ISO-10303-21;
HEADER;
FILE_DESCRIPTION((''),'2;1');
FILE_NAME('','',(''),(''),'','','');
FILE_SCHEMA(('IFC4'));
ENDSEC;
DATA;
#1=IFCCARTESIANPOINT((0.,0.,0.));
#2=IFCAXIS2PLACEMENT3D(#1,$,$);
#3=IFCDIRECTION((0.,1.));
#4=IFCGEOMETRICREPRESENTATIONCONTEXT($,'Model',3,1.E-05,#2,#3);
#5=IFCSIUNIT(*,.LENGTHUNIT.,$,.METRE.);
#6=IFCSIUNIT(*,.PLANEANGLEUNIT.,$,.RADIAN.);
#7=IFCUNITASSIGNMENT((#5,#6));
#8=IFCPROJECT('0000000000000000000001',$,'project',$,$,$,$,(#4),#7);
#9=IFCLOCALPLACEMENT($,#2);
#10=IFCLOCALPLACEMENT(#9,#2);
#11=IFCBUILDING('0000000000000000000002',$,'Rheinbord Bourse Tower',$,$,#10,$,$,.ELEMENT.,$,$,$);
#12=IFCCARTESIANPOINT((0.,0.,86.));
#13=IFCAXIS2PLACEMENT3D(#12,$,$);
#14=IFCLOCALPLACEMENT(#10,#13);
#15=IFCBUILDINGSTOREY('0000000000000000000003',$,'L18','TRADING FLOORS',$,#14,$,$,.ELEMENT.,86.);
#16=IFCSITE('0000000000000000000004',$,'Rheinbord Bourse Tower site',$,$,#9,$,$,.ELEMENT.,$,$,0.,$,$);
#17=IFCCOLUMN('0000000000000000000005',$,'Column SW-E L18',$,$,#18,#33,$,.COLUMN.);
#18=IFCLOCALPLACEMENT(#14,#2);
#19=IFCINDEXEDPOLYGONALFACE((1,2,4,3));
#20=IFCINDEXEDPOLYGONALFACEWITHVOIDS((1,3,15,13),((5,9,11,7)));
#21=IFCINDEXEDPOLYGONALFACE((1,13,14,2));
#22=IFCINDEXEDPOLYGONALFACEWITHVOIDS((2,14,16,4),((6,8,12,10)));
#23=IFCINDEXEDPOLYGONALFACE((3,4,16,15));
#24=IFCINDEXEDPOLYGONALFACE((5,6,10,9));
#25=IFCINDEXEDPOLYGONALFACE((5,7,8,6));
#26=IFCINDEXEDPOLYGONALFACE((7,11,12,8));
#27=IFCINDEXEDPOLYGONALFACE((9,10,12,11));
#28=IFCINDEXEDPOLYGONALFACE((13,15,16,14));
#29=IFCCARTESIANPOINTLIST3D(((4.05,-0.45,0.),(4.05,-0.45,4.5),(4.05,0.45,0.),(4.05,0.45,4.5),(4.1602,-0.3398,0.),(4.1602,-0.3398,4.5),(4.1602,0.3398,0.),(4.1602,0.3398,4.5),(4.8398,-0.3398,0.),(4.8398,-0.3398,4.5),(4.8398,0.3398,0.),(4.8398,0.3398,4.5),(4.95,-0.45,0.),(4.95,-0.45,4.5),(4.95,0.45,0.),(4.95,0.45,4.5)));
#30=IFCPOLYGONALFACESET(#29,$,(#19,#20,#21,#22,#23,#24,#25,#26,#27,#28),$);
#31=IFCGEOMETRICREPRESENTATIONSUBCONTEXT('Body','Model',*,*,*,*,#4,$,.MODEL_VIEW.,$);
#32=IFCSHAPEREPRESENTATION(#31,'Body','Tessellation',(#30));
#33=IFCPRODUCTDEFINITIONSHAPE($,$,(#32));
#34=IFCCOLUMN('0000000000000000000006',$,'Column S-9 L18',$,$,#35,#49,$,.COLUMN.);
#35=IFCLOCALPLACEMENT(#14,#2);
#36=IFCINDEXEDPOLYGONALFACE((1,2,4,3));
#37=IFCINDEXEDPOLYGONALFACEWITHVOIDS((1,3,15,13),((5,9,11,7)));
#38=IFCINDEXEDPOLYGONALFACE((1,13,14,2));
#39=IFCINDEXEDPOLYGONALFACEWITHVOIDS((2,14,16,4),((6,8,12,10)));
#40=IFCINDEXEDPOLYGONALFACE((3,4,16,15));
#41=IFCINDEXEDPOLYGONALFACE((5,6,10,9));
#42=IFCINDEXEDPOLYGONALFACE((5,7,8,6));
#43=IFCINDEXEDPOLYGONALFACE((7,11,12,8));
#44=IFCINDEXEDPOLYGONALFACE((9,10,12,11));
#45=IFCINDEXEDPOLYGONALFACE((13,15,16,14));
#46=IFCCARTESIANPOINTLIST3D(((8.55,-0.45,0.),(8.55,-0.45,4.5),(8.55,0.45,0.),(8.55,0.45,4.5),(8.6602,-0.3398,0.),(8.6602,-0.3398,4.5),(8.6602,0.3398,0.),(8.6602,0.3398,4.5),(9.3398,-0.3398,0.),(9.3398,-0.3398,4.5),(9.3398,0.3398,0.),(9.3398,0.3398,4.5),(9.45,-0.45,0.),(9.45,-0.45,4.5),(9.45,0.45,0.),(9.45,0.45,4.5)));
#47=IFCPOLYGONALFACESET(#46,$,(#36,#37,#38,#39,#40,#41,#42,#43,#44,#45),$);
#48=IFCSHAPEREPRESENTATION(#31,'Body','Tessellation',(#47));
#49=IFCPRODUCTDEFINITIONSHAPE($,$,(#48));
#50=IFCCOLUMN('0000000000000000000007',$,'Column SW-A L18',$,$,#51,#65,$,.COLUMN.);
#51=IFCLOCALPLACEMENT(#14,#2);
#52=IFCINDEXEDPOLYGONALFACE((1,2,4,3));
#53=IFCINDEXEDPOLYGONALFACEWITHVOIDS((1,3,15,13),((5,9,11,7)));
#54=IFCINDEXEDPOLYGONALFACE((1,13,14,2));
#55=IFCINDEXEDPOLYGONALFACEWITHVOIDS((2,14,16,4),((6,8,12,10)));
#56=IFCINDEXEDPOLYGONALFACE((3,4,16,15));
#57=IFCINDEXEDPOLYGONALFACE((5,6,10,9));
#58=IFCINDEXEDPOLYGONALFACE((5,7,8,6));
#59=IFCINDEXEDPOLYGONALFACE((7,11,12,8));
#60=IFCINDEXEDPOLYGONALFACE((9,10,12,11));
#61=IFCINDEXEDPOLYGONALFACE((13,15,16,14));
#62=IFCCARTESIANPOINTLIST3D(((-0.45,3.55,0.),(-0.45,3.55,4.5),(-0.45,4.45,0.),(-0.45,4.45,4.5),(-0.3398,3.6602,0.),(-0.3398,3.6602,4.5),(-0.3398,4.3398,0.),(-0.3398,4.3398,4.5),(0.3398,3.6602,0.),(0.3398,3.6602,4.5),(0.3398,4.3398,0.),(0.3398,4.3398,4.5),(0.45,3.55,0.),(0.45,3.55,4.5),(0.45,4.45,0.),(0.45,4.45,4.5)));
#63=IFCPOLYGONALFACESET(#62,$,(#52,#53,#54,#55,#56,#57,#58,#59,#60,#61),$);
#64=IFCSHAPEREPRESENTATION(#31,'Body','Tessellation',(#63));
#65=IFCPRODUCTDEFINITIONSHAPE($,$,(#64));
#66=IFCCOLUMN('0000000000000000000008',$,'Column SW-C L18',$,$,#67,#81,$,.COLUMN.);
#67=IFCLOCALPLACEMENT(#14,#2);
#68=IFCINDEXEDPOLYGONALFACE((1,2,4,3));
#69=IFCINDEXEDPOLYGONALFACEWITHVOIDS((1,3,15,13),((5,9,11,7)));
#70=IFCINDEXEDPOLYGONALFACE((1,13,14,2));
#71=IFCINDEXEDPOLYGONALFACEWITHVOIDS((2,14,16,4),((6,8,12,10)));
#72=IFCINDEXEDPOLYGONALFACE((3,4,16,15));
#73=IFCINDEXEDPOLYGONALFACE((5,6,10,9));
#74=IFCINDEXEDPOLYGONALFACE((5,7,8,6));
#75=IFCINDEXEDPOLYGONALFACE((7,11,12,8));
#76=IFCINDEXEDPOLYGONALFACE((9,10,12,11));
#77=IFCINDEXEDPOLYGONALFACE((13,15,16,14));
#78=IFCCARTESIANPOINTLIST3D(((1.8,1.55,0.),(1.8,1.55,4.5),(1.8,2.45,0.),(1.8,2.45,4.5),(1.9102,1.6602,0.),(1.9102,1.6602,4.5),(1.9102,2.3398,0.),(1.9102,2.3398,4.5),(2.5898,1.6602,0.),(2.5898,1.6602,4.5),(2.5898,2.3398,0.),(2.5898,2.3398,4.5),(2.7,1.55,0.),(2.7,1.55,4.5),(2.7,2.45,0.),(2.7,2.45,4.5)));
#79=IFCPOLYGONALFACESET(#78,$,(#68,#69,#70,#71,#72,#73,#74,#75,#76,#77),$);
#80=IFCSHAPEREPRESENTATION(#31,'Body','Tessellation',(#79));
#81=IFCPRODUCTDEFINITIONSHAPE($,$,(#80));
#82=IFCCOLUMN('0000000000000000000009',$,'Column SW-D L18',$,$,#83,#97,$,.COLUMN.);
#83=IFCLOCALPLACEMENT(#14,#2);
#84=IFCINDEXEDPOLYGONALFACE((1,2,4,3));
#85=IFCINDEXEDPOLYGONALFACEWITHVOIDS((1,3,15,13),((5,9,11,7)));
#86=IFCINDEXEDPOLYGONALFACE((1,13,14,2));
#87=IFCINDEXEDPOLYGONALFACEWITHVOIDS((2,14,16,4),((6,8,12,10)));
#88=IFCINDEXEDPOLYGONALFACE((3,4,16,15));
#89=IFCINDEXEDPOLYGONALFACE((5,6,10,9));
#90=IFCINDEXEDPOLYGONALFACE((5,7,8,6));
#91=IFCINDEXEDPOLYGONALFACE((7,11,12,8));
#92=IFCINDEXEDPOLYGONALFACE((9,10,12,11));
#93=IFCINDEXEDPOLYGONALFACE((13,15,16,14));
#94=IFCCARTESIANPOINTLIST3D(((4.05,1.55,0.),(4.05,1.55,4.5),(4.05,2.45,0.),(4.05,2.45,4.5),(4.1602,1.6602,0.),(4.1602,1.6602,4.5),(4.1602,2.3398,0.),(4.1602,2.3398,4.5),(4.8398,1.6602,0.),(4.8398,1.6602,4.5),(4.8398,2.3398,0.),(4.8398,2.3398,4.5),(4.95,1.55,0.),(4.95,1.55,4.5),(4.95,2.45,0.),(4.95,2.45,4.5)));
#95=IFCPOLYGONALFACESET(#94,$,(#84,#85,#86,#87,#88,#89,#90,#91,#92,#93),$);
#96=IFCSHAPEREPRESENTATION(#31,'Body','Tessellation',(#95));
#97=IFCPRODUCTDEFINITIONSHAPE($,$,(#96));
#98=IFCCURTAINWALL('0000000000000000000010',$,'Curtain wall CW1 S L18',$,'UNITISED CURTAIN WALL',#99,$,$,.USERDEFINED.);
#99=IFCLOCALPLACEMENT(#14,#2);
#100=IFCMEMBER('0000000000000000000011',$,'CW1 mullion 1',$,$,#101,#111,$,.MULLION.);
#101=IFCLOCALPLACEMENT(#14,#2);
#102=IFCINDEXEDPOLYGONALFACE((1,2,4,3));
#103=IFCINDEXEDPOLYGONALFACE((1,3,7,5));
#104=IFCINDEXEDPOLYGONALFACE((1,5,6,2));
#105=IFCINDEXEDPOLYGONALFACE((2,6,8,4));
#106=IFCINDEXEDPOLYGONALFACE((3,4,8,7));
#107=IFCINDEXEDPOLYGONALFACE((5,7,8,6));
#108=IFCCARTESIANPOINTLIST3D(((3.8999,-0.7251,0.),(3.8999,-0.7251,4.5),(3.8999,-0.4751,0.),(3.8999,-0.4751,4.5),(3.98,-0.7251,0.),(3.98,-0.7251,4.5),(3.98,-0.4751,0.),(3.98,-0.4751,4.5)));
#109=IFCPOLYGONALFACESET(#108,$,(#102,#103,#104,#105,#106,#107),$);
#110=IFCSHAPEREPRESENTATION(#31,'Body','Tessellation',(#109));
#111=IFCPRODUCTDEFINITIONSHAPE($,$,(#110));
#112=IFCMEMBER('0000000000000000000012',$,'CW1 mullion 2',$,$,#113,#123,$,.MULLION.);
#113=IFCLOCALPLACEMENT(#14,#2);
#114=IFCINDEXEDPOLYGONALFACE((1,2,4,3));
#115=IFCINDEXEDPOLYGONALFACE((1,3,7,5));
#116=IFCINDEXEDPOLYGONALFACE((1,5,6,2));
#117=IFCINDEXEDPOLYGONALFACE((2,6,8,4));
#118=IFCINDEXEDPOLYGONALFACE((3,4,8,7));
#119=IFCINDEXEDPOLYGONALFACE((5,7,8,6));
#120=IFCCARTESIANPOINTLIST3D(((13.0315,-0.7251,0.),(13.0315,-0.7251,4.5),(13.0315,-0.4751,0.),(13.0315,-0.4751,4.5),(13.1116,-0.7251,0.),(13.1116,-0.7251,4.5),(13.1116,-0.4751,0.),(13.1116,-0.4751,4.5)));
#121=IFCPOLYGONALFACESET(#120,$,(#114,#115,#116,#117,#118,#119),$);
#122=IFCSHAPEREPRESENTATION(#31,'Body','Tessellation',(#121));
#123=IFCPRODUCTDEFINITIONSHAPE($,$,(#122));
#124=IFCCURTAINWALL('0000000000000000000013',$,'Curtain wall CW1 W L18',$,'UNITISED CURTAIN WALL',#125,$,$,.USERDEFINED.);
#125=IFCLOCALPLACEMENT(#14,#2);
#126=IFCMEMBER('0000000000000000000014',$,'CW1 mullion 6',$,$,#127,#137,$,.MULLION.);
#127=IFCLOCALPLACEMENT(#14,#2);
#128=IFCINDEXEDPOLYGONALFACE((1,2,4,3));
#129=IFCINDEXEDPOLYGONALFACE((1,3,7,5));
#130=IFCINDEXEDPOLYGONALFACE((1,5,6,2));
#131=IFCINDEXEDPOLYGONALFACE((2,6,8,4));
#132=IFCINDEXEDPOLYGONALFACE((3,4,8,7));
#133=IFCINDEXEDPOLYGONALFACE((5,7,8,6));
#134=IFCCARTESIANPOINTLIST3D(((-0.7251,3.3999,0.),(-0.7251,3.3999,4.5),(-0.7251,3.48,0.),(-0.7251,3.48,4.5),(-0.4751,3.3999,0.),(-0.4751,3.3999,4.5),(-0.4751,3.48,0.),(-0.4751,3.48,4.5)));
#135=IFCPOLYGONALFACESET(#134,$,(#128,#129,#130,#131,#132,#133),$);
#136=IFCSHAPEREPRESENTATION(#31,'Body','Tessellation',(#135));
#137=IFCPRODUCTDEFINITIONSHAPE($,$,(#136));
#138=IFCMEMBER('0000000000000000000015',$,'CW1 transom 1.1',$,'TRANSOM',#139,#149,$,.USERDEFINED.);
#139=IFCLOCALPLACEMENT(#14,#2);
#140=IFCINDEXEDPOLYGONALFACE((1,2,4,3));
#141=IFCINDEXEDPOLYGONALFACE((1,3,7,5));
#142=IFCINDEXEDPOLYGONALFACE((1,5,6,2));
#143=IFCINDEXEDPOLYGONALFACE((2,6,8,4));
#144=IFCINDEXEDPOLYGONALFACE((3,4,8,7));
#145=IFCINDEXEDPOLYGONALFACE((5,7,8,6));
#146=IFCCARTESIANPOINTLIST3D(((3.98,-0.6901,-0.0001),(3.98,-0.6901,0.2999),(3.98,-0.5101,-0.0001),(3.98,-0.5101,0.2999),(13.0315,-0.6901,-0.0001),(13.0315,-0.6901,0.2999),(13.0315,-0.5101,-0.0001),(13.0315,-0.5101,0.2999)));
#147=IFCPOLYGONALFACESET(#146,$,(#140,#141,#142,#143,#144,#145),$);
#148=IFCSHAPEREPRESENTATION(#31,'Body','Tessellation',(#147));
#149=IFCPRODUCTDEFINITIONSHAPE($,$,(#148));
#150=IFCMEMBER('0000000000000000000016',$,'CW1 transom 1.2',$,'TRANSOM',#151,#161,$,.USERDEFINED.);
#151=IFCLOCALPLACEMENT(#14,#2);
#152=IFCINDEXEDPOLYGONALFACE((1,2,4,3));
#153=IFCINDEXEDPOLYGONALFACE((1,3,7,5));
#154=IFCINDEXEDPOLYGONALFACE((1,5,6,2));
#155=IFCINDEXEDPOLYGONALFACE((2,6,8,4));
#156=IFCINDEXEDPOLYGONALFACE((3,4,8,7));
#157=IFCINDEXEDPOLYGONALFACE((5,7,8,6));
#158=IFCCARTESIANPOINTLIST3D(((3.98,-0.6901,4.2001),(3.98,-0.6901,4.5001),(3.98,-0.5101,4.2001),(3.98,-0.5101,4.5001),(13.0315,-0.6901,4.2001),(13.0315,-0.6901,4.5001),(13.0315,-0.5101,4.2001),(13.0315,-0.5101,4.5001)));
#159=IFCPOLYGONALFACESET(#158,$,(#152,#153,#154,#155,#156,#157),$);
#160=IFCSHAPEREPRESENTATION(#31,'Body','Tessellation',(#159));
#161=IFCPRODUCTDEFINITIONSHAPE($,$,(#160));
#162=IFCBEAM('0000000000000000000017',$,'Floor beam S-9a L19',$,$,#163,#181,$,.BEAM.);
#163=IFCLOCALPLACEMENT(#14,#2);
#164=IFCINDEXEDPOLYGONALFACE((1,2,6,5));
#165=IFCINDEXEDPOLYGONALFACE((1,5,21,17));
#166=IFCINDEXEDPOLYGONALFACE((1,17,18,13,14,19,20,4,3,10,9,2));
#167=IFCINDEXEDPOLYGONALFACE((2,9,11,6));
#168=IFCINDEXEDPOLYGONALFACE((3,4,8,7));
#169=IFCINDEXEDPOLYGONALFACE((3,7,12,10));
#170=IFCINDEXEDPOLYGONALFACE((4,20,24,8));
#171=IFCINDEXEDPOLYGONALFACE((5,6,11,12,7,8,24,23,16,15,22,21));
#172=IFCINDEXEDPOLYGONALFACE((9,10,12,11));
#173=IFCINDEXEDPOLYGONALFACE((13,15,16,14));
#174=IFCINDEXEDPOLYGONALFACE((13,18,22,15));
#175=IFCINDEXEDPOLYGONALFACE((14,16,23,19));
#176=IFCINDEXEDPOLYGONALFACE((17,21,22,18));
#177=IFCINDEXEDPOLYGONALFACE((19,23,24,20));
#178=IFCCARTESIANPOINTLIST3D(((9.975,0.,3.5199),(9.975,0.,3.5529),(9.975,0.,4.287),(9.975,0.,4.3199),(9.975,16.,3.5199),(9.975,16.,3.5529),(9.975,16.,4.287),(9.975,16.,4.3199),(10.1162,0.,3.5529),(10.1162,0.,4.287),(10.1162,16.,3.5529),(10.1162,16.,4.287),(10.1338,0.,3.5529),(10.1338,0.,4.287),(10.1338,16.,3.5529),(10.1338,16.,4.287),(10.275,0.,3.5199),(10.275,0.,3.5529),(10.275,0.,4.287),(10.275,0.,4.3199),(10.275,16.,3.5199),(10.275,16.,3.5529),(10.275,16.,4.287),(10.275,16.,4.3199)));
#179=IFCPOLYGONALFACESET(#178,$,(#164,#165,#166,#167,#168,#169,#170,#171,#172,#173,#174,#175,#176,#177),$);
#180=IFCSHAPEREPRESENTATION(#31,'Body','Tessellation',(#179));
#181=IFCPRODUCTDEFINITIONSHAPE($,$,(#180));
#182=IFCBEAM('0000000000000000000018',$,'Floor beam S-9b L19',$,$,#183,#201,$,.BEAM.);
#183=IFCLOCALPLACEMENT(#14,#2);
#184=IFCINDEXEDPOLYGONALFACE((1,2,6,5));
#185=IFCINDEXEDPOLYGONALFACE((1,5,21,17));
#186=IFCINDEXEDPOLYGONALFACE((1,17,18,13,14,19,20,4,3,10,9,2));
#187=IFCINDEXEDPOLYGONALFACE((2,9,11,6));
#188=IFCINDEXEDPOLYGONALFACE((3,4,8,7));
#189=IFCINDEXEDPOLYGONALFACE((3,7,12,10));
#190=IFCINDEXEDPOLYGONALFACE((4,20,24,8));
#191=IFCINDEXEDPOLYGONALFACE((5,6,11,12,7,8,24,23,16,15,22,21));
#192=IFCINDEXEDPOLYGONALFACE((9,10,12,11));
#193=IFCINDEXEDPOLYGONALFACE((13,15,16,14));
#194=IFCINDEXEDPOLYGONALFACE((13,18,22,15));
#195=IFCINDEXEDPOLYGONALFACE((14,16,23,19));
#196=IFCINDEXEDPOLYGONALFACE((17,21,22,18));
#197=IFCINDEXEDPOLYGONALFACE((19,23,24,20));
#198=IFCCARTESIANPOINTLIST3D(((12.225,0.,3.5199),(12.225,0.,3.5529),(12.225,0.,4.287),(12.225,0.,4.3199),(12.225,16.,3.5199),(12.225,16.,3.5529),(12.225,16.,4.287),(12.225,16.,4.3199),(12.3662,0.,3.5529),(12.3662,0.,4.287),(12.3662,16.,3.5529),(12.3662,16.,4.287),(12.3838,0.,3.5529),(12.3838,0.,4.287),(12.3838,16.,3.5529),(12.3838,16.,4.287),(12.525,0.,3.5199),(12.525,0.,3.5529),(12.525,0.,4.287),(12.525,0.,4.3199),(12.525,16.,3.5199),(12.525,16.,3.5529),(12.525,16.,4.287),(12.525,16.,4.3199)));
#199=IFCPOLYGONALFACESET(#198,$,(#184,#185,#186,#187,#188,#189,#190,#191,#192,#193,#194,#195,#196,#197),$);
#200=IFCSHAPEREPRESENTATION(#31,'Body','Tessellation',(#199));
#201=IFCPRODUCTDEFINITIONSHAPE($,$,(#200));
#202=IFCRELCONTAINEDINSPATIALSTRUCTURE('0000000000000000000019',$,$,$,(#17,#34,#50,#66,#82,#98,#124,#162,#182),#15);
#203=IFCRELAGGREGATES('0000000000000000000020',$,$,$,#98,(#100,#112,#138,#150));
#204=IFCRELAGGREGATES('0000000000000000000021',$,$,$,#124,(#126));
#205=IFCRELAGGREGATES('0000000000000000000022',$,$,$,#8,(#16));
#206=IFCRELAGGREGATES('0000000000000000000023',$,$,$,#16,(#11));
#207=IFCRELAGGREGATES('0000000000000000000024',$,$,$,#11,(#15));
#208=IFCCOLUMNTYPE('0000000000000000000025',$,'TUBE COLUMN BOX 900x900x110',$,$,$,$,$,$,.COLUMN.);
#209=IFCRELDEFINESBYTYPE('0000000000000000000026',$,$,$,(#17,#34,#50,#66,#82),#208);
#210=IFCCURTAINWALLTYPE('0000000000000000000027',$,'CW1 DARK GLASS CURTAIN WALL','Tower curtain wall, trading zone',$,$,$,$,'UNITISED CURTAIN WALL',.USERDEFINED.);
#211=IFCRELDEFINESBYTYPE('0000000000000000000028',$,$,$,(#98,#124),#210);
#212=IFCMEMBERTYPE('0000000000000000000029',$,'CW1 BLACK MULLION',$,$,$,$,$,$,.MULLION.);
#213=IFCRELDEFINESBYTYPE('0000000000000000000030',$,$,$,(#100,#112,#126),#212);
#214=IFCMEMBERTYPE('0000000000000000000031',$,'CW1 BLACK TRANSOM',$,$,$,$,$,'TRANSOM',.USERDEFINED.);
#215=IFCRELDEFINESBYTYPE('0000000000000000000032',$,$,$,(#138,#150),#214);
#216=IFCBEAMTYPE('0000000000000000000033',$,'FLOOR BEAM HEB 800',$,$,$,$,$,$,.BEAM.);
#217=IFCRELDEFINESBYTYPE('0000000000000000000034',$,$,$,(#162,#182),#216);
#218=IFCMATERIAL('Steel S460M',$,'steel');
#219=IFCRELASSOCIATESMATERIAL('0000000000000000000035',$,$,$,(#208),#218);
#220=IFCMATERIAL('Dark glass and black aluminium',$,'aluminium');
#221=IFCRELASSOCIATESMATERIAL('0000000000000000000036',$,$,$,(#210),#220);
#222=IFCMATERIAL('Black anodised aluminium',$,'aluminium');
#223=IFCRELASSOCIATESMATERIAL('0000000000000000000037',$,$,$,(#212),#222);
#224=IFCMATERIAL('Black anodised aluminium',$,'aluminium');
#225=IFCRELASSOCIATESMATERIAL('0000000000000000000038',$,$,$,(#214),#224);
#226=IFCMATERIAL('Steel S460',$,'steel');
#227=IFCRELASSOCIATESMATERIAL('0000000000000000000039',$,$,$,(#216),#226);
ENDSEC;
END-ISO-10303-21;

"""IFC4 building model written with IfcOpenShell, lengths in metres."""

from ifc_helpers import new_model, si_unit, direction, frame, origin, origin_2d, place, context, subcontext, project, spatial, rectangle, hollow_rectangle, i_section, extrude, material, material_profile, profile_set, type_object, element, aggregate, save


model = new_model("IFC4")

# Units and contexts
model_context = context("Model", 3, precision=1e-05, world=origin(), true_north=direction((0.0, 1.0)))
body_context = subcontext(model_context, "Body", "Model", "MODEL_VIEW")
ifc_project = project(units=[si_unit("LENGTHUNIT", "METRE"), si_unit("PLANEANGLEUNIT", "RADIAN")], contexts=[model_context])

# Site, building, storey
site_placement = place(None, origin())
site = spatial("IfcSite", under=ifc_project, at=site_placement, Name="Rheinbord Bourse Tower site", CompositionType="ELEMENT", RefElevation=0.0)
building_placement = place(site_placement, origin())
building = spatial("IfcBuilding", under=site, at=building_placement, Name="Rheinbord Bourse Tower", CompositionType="ELEMENT")
storey_placement = place(building_placement, frame((0.0, 0.0, 86.0)))
storey = spatial("IfcBuildingStorey", under=building, at=storey_placement, Name="L18", Description="TRADING FLOORS", CompositionType="ELEMENT", Elevation=86.0)

# Columns
ifc_material_1 = material(Name="Steel S460M", Category="steel")
ifc_material_profile_1 = material_profile(ifc_material_1, hollow_rectangle(XDim=0.8999, YDim=0.8999, WallThickness=0.1101, at=origin_2d()), Name="BOX 900x900x110")
ifc_profile_set_1 = profile_set([ifc_material_profile_1], Name="Steel S460M")
column_type = type_object("IfcColumnType", Name="TUBE COLUMN BOX 900x900x110", PredefinedType="COLUMN", material=ifc_profile_set_1)
for number, where, z_axis, x_axis, name in (
    (1, (4.5, 0.0, 0.0), (0.0, 0.0, 1.0), (0.0, 1.0, 0.0), "Column SW-E L18"),
    (2, (9.0, 0.0, 0.0), (0.0, 0.0, 1.0), (0.0, 1.0, 0.0), "Column S-9 L18"),
    (3, (0.0, 4.0, 0.0), (0.0, 0.0, 1.0), (1.0, 0.0, 0.0), "Column SW-A L18"),
    (4, (2.25, 2.0, 0.0), (0.0, 0.0, 1.0), (1.0, 0.0, 0.0), "Column SW-C L18"),
    (5, (4.5, 2.0, 0.0), (0.0, 0.0, 1.0), (0.0, 1.0, 0.0), "Column SW-D L18"),
):
    element("IfcColumn", number, at=place(storey_placement, frame(where, z_axis=z_axis, x_axis=x_axis)), inside=storey, type_object=column_type, Name=name, PredefinedType="COLUMN", context=body_context, shape_type="SweptSolid", body=[
        extrude(hollow_rectangle(XDim=0.8999, YDim=0.8999, WallThickness=0.1101, at=origin_2d()), origin(), (0.0, 0.0, 1.0), 4.5),
    ])

# Curtain wall, members
ifc_material_2 = material(Name="Dark glass and black aluminium", Category="aluminium")
curtain_wall_type = type_object("IfcCurtainWallType", Name="CW1 DARK GLASS CURTAIN WALL", Description="Tower curtain wall, trading zone", ElementType="UNITISED CURTAIN WALL", PredefinedType="USERDEFINED", material=ifc_material_2)
curtain_wall_1_placement = place(storey_placement, origin())
curtain_wall_1 = element("IfcCurtainWall", 6, at=curtain_wall_1_placement, inside=storey, type_object=curtain_wall_type, Name="Curtain wall CW1 S L18", ObjectType="UNITISED CURTAIN WALL", PredefinedType="USERDEFINED")
ifc_material_3 = material(Name="Black anodised aluminium", Category="aluminium")
ifc_material_profile_2 = material_profile(ifc_material_3, rectangle(XDim=0.25, YDim=0.0801, at=origin_2d()), Name="CW1 MULLION 80x250")
ifc_profile_set_2 = profile_set([ifc_material_profile_2], Name="Black anodised aluminium")
member_type_1 = type_object("IfcMemberType", Name="CW1 BLACK MULLION", PredefinedType="MULLION", material=ifc_profile_set_2)
member_1_placement = place(storey_placement, frame((3.9399, -0.6001, 0.0), z_axis=(0.0, 0.0, 1.0), x_axis=(0.0, 1.0, 0.0)))
member_1 = element("IfcMember", 7, at=member_1_placement, type_object=member_type_1, Name="CW1 mullion 1", PredefinedType="MULLION", context=body_context, shape_type="SweptSolid", body=[
    extrude(rectangle(XDim=0.25, YDim=0.0801, at=origin_2d()), origin(), (0.0, 0.0, 1.0), 4.5),
])
member_2_placement = place(storey_placement, frame((13.0715, -0.6001, 0.0), z_axis=(0.0, 0.0, 1.0), x_axis=(0.0, 1.0, 0.0)))
member_2 = element("IfcMember", 8, at=member_2_placement, type_object=member_type_1, Name="CW1 mullion 2", PredefinedType="MULLION", context=body_context, shape_type="SweptSolid", body=[
    extrude(rectangle(XDim=0.25, YDim=0.0801, at=origin_2d()), origin(), (0.0, 0.0, 1.0), 4.5),
])

# Curtain wall, member
curtain_wall_2_placement = place(storey_placement, origin())
curtain_wall_2 = element("IfcCurtainWall", 9, at=curtain_wall_2_placement, inside=storey, type_object=curtain_wall_type, Name="Curtain wall CW1 W L18", ObjectType="UNITISED CURTAIN WALL", PredefinedType="USERDEFINED")
member_3_placement = place(storey_placement, frame((-0.6001, 3.4399, 0.0), z_axis=(0.0, 0.0, 1.0), x_axis=(1.0, 0.0, 0.0)))
member_3 = element("IfcMember", 10, at=member_3_placement, type_object=member_type_1, Name="CW1 mullion 6", PredefinedType="MULLION", context=body_context, shape_type="SweptSolid", body=[
    extrude(rectangle(XDim=0.25, YDim=0.0801, at=origin_2d()), origin(), (0.0, 0.0, 1.0), 4.5),
])

# Members
ifc_material_4 = material(Name="Black anodised aluminium", Category="aluminium")
ifc_material_profile_3 = material_profile(ifc_material_4, rectangle(XDim=0.1799, YDim=0.3, at=origin_2d()), Name="CW1 TRANSOM 300x180")
ifc_profile_set_3 = profile_set([ifc_material_profile_3], Name="Black anodised aluminium")
member_type_2 = type_object("IfcMemberType", Name="CW1 BLACK TRANSOM", ElementType="TRANSOM", PredefinedType="USERDEFINED", material=ifc_profile_set_3)
member_4_placement = place(storey_placement, frame((3.98, -0.6001, 0.1499), z_axis=(1.0, 0.0, 0.0), x_axis=(0.0, 1.0, 0.0)))
member_4 = element("IfcMember", 11, at=member_4_placement, type_object=member_type_2, Name="CW1 transom 1.1", ObjectType="TRANSOM", PredefinedType="USERDEFINED", context=body_context, shape_type="SweptSolid", body=[
    extrude(rectangle(XDim=0.1799, YDim=0.3, at=origin_2d()), origin(), (0.0, 0.0, 1.0), 9.0515),
])
member_5_placement = place(storey_placement, frame((3.98, -0.6001, 4.3501), z_axis=(1.0, 0.0, 0.0), x_axis=(0.0, 1.0, 0.0)))
member_5 = element("IfcMember", 12, at=member_5_placement, type_object=member_type_2, Name="CW1 transom 1.2", ObjectType="TRANSOM", PredefinedType="USERDEFINED", context=body_context, shape_type="SweptSolid", body=[
    extrude(rectangle(XDim=0.1799, YDim=0.3, at=origin_2d()), origin(), (0.0, 0.0, 1.0), 9.0515),
])

# Beams
ifc_material_5 = material(Name="Steel S460", Category="steel")
ifc_material_profile_4 = material_profile(ifc_material_5, i_section(OverallWidth=0.3, OverallDepth=0.8, WebThickness=0.0176, FlangeThickness=0.033, at=origin_2d()), Name="HEB 800")
ifc_profile_set_4 = profile_set([ifc_material_profile_4], Name="Steel S460")
beam_type_1 = type_object("IfcBeamType", Name="FLOOR BEAM HEB 800", PredefinedType="BEAM", material=ifc_profile_set_4)
for number, where, z_axis, x_axis, name in (
    (13, (10.125, 0.0, 3.9199), (0.0, 1.0, 0.0), (-1.0, 0.0, 0.0), "Floor beam S-9a L19"),
    (14, (12.375, 0.0, 3.9199), (0.0, 1.0, 0.0), (-1.0, 0.0, 0.0), "Floor beam S-9b L19"),
):
    element("IfcBeam", number, at=place(storey_placement, frame(where, z_axis=z_axis, x_axis=x_axis)), inside=storey, type_object=beam_type_1, Name=name, PredefinedType="BEAM", context=body_context, shape_type="SweptSolid", body=[
        extrude(i_section(OverallWidth=0.3, OverallDepth=0.8, WebThickness=0.0176, FlangeThickness=0.033, at=origin_2d()), origin(), (0.0, 0.0, 1.0), 16.0),
    ])

aggregate(curtain_wall_1, [member_1, member_2, member_4, member_5])
aggregate(curtain_wall_2, [member_3])

save(model, "model.ifc")
